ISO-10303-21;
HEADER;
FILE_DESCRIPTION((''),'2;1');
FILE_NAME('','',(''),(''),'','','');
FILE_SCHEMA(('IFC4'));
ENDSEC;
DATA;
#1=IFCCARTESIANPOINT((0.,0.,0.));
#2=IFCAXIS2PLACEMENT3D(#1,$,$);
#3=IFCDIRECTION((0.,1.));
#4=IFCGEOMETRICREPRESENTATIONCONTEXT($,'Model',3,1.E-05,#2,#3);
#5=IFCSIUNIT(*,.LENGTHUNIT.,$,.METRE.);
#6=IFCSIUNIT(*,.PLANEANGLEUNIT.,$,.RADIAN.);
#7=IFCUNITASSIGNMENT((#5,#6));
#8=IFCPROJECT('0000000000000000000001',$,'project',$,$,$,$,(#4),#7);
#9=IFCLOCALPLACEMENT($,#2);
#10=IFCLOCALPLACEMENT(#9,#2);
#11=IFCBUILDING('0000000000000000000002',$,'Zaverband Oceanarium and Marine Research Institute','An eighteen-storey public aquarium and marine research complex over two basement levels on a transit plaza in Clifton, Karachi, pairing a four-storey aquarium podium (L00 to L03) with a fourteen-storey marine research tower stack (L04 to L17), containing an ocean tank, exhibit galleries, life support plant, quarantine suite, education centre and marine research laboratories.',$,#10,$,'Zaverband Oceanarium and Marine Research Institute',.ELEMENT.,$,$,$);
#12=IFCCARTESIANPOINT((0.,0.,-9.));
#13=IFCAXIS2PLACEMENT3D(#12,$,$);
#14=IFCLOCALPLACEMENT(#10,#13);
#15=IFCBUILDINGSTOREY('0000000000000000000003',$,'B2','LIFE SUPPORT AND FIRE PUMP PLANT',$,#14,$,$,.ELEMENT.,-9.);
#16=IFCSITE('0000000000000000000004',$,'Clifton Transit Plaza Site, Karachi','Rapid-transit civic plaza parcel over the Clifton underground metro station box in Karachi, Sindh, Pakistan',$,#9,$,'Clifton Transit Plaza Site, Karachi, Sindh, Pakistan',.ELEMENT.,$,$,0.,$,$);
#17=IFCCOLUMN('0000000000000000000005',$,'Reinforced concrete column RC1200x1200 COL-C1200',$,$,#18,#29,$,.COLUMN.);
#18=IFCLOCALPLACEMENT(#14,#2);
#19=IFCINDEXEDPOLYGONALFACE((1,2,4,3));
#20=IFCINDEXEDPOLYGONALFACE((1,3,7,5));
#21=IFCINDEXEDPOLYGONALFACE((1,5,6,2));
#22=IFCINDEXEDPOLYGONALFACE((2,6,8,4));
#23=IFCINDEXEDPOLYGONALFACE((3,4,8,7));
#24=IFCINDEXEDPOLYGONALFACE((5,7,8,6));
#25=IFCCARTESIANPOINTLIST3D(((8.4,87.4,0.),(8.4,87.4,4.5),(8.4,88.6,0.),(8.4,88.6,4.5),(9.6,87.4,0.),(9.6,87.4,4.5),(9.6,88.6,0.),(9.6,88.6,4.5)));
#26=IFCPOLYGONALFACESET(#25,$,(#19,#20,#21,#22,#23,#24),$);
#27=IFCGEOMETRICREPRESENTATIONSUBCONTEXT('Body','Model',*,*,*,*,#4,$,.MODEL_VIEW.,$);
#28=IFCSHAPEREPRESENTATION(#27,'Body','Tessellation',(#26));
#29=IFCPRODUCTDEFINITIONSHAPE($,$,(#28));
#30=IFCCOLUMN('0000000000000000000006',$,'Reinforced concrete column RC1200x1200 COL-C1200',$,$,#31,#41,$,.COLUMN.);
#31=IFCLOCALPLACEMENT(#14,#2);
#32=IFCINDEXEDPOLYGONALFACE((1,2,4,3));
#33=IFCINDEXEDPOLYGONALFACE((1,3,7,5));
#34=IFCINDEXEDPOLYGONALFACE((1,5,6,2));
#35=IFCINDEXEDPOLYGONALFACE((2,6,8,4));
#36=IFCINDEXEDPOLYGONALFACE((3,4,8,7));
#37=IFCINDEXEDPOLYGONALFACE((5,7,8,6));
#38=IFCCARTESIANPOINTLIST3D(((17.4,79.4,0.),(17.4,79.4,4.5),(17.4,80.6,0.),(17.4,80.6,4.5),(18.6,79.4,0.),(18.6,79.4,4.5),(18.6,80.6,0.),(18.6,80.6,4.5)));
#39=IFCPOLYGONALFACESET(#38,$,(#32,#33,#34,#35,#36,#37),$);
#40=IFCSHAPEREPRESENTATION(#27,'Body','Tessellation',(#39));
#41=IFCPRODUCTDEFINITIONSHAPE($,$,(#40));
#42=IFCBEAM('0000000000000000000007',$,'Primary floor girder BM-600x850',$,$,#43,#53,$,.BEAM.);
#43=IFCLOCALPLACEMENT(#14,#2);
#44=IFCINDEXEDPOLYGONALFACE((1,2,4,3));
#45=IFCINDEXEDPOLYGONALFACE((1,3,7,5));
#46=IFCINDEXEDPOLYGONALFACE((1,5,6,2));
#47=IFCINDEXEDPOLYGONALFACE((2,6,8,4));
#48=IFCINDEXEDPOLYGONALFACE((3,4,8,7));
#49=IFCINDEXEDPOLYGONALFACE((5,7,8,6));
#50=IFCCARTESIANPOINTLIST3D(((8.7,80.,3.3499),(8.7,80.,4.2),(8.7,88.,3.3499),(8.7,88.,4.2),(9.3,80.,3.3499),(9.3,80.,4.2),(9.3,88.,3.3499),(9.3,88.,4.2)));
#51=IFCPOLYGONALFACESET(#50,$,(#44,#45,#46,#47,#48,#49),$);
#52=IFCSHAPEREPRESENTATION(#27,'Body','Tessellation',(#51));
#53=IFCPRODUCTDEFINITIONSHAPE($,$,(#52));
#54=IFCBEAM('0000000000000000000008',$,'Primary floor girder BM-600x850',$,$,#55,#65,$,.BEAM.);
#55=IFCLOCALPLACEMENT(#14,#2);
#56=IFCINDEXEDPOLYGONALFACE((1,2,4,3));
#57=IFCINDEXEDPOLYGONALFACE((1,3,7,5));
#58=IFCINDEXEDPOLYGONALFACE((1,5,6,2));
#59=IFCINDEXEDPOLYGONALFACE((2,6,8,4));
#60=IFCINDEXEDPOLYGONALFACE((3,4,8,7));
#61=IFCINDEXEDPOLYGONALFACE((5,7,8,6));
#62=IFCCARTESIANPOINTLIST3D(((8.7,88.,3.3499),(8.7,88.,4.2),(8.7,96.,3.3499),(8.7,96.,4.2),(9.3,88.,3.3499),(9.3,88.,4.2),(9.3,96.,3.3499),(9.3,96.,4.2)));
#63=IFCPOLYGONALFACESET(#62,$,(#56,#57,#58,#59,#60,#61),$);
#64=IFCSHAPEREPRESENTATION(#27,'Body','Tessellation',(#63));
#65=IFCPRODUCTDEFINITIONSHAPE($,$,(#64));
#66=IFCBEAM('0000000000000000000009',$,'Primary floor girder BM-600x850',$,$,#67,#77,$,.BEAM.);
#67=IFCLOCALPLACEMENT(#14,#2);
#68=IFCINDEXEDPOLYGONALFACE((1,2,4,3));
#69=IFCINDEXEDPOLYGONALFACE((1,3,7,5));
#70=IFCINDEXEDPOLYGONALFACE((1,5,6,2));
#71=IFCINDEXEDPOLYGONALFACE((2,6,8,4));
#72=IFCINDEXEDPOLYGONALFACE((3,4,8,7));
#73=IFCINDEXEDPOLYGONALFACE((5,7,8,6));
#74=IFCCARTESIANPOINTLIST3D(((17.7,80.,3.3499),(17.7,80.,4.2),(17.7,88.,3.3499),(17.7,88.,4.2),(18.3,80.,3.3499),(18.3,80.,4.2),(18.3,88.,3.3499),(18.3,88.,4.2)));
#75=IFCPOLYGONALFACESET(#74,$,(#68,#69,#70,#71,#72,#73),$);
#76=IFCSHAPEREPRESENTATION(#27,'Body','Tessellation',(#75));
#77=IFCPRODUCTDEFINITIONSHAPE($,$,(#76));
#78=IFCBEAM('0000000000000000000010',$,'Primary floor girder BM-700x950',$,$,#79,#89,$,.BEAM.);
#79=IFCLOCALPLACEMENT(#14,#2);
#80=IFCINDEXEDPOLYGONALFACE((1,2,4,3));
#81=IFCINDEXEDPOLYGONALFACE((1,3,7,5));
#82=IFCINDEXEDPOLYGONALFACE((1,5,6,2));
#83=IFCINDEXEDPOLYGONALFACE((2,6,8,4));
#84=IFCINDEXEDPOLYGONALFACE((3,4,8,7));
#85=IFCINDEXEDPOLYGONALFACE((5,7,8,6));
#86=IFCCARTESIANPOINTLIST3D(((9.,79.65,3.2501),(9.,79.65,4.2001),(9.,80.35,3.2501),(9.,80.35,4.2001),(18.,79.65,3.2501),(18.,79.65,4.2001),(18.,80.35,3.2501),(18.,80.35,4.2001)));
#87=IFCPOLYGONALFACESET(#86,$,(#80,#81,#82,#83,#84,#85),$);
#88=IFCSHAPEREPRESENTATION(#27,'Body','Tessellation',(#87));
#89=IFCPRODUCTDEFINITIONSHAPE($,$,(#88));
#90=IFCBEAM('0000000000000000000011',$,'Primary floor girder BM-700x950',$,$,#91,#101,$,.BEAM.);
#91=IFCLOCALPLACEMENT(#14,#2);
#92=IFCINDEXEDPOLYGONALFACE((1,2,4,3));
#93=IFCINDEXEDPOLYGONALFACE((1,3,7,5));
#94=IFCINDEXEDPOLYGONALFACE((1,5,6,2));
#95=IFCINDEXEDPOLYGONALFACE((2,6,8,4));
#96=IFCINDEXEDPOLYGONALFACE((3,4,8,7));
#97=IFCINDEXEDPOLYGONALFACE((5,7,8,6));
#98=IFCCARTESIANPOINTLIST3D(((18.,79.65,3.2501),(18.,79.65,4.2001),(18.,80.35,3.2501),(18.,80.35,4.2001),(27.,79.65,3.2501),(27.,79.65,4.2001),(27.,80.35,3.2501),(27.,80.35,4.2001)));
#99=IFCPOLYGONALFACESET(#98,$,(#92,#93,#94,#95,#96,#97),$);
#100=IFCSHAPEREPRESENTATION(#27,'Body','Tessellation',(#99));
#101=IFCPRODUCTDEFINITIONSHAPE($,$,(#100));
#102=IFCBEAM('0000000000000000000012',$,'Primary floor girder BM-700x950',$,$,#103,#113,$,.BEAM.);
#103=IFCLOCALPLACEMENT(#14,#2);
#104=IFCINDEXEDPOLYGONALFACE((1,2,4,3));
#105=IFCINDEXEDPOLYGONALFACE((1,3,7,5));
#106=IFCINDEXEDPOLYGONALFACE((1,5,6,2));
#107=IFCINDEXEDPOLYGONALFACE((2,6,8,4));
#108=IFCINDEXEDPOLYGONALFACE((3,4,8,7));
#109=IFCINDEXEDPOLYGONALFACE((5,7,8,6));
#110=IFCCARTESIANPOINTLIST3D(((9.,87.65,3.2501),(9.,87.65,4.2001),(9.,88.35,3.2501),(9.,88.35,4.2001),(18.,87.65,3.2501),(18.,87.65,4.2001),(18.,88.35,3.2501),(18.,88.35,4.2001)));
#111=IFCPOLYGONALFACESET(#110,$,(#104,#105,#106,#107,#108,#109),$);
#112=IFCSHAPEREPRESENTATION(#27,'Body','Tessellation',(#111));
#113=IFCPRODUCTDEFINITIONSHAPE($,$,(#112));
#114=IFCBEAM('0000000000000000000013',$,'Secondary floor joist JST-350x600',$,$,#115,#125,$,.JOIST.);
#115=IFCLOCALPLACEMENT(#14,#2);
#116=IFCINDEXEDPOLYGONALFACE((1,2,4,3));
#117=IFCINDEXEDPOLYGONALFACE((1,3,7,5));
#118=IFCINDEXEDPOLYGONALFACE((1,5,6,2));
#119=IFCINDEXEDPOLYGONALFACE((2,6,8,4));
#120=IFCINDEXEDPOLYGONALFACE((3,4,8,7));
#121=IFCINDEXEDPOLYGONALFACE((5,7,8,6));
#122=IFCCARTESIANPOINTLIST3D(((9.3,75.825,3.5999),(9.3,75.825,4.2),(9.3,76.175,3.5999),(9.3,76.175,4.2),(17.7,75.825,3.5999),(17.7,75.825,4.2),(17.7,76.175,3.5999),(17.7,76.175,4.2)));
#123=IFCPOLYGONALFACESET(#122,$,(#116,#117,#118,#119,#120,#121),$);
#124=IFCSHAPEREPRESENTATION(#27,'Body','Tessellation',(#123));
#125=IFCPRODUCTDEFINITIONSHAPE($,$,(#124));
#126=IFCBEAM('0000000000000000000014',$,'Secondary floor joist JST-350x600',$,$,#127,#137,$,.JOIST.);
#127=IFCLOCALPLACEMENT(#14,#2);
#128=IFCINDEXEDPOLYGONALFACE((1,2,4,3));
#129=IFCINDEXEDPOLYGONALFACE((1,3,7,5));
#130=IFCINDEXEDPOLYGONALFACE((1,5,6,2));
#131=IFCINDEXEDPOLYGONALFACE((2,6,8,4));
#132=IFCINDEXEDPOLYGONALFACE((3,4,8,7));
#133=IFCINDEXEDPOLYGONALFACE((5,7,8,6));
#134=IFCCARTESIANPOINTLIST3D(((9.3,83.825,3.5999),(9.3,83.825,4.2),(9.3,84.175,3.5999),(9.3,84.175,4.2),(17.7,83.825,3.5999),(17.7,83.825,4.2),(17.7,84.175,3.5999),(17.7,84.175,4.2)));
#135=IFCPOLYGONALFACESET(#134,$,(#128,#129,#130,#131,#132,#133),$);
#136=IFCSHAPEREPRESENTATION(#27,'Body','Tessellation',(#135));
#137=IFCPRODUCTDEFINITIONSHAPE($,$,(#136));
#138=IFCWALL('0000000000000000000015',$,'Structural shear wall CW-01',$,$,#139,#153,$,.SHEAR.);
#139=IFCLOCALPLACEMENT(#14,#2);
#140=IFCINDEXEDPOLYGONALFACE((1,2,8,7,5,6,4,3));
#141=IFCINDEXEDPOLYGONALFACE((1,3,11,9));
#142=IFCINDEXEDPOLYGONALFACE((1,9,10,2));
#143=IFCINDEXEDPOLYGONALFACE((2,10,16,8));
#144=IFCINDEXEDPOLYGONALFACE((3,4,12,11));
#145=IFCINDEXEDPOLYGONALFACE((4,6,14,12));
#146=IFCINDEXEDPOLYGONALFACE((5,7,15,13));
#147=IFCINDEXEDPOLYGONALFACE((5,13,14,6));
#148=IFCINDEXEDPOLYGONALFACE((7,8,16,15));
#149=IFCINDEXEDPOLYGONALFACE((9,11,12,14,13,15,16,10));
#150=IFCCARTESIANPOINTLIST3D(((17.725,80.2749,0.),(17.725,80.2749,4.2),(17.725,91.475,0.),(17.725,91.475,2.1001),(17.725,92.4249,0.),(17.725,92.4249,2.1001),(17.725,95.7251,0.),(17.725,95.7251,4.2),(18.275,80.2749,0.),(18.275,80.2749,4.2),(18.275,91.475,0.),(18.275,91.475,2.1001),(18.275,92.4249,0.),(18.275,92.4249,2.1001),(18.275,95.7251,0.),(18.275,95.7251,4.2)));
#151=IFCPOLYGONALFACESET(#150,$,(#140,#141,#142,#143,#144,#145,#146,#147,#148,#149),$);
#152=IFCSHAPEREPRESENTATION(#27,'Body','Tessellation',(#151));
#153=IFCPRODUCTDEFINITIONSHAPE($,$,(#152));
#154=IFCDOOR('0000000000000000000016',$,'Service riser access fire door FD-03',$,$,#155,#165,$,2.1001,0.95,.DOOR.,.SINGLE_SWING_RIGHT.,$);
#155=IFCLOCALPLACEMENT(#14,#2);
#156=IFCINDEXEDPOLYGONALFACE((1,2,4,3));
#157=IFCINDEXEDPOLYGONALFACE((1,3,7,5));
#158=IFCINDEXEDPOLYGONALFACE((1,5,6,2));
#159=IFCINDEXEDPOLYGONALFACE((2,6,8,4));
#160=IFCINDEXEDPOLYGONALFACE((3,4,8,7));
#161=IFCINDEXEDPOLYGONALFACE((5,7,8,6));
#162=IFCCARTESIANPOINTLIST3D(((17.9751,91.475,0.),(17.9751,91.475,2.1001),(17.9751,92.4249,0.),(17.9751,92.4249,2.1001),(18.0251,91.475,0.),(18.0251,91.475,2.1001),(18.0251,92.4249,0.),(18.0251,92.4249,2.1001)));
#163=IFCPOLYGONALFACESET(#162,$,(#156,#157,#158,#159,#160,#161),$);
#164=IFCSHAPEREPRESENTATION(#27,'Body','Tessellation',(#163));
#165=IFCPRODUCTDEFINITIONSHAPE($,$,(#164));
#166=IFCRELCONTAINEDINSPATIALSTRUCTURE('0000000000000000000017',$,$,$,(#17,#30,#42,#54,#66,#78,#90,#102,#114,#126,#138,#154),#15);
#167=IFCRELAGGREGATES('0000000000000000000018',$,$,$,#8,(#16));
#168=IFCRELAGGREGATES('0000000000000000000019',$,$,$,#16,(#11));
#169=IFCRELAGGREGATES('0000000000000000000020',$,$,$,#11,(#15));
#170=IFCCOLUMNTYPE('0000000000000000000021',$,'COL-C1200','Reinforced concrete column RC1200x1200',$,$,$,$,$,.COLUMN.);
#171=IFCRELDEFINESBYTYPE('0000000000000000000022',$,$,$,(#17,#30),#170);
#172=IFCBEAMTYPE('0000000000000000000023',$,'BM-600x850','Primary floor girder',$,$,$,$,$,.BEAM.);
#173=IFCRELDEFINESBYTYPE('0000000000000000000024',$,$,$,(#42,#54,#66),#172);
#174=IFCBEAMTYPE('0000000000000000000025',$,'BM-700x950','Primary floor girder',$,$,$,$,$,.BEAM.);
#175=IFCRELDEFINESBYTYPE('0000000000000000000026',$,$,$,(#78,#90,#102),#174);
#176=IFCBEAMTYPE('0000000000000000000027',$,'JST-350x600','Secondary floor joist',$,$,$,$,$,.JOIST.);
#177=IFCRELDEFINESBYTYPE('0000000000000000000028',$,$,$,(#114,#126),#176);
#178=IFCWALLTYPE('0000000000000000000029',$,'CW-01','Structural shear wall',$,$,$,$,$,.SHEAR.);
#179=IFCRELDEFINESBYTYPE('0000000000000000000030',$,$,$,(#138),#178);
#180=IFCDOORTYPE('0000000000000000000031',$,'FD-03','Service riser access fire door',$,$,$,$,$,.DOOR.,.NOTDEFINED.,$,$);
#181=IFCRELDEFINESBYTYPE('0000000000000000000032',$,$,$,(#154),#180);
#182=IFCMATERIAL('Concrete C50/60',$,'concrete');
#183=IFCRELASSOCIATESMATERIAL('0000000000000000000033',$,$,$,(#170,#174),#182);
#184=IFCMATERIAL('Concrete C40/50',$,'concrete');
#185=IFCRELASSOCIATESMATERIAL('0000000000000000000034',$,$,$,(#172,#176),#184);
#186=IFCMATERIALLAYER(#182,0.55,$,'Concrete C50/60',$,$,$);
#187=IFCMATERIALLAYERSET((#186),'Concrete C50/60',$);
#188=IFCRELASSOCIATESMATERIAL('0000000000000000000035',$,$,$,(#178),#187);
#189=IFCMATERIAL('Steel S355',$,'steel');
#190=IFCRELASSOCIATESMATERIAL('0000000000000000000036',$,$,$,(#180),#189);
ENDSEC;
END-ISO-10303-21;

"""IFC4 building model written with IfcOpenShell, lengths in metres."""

from ifc_helpers import new_model, si_unit, direction, frame, frame_2d, origin, origin_2d, place, context, subcontext, project, spatial, rectangle, extrude, material, layer, layer_set, material_profile, profile_set, type_object, element, fill, save


model = new_model("IFC4")

# Units and contexts
model_context = context("Model", 3, precision=1e-05, world=origin(), true_north=direction((0.0, 1.0)))
body_context = subcontext(model_context, "Body", "Model", "MODEL_VIEW")
ifc_project = project(units=[si_unit("LENGTHUNIT", "METRE"), si_unit("PLANEANGLEUNIT", "RADIAN")], contexts=[model_context])

# Site, building, storey
site_placement = place(None, origin())
site = spatial("IfcSite", under=ifc_project, at=site_placement, Name="Clifton Transit Plaza Site, Karachi", Description="Rapid-transit civic plaza parcel over the Clifton underground metro station box in Karachi, Sindh, Pakistan", LongName="Clifton Transit Plaza Site, Karachi, Sindh, Pakistan", CompositionType="ELEMENT", RefElevation=0.0)
building_placement = place(site_placement, origin())
building = spatial("IfcBuilding", under=site, at=building_placement, Name="Zaverband Oceanarium and Marine Research Institute", Description="An eighteen-storey public aquarium and marine research complex over two basement levels on a transit plaza in Clifton, Karachi, pairing a four-storey aquarium podium (L00 to L03) with a fourteen-storey marine research tower stack (L04 to L17), containing an ocean tank, exhibit galleries, life support plant, quarantine suite, education centre and marine research laboratories.", LongName="Zaverband Oceanarium and Marine Research Institute", CompositionType="ELEMENT")
storey_placement = place(building_placement, frame((0.0, 0.0, -9.0)))
storey = spatial("IfcBuildingStorey", under=building, at=storey_placement, Name="B2", Description="LIFE SUPPORT AND FIRE PUMP PLANT", CompositionType="ELEMENT", Elevation=-9.0)

# Shared definitions
ifc_material_1 = material(Name="Concrete C50/60", Category="concrete")

# Columns
ifc_material_profile_1 = material_profile(ifc_material_1, rectangle(XDim=1.2, YDim=1.2, at=origin_2d()), Name="RC1200x1200")
ifc_profile_set_1 = profile_set([ifc_material_profile_1], Name="Concrete C50/60")
column_type = type_object("IfcColumnType", Name="COL-C1200", Description="Reinforced concrete column RC1200x1200", PredefinedType="COLUMN", material=ifc_profile_set_1)
for number, where, z_axis, x_axis, name in (
    (1, (9.0, 88.0, 0.0), (0.0, 0.0, 1.0), (1.0, 0.0, 0.0), "Reinforced concrete column RC1200x1200 COL-C1200"),
    (2, (18.0, 80.0, 0.0), (0.0, 0.0, 1.0), (1.0, 0.0, 0.0), "Reinforced concrete column RC1200x1200 COL-C1200"),
):
    element("IfcColumn", number, at=place(storey_placement, frame(where, z_axis=z_axis, x_axis=x_axis)), inside=storey, type_object=column_type, Name=name, PredefinedType="COLUMN", context=body_context, shape_type="SweptSolid", body=[
        extrude(rectangle(XDim=1.2, YDim=1.2, at=origin_2d()), origin(), (0.0, 0.0, 1.0), 4.5),
    ])

# Beams
ifc_material_2 = material(Name="Concrete C40/50", Category="concrete")
ifc_material_profile_2 = material_profile(ifc_material_2, rectangle(XDim=0.6001, YDim=0.8501, at=origin_2d()), Name="RC600x850")
ifc_profile_set_2 = profile_set([ifc_material_profile_2], Name="Concrete C40/50")
beam_type_1 = type_object("IfcBeamType", Name="BM-600x850", Description="Primary floor girder", PredefinedType="BEAM", material=ifc_profile_set_2)
for number, where, z_axis, x_axis, name in (
    (3, (9.0, 80.0, 3.7749), (0.0, 1.0, 0.0), (-1.0, 0.0, 0.0), "Primary floor girder BM-600x850"),
    (4, (9.0, 88.0, 3.7749), (0.0, 1.0, 0.0), (-1.0, 0.0, 0.0), "Primary floor girder BM-600x850"),
    (5, (18.0, 80.0, 3.7749), (0.0, 1.0, 0.0), (-1.0, 0.0, 0.0), "Primary floor girder BM-600x850"),
):
    element("IfcBeam", number, at=place(storey_placement, frame(where, z_axis=z_axis, x_axis=x_axis)), inside=storey, type_object=beam_type_1, Name=name, PredefinedType="BEAM", context=body_context, shape_type="SweptSolid", body=[
        extrude(rectangle(XDim=0.6001, YDim=0.8501, at=origin_2d()), origin(), (0.0, 0.0, 1.0), 8.0),
    ])
ifc_material_profile_3 = material_profile(ifc_material_1, rectangle(XDim=0.7, YDim=0.95, at=origin_2d()), Name="RC700x950")
ifc_profile_set_3 = profile_set([ifc_material_profile_3], Name="Concrete C50/60")
beam_type_2 = type_object("IfcBeamType", Name="BM-700x950", Description="Primary floor girder", PredefinedType="BEAM", material=ifc_profile_set_3)
for number, where, z_axis, x_axis, name in (
    (6, (9.0, 80.0, 3.7251), (1.0, 0.0, 0.0), (0.0, 1.0, 0.0), "Primary floor girder BM-700x950"),
    (7, (18.0, 80.0, 3.7251), (1.0, 0.0, 0.0), (0.0, 1.0, 0.0), "Primary floor girder BM-700x950"),
    (8, (9.0, 88.0, 3.7251), (1.0, 0.0, 0.0), (0.0, 1.0, 0.0), "Primary floor girder BM-700x950"),
):
    element("IfcBeam", number, at=place(storey_placement, frame(where, z_axis=z_axis, x_axis=x_axis)), inside=storey, type_object=beam_type_2, Name=name, PredefinedType="BEAM", context=body_context, shape_type="SweptSolid", body=[
        extrude(rectangle(XDim=0.7, YDim=0.95, at=origin_2d()), origin(), (0.0, 0.0, 1.0), 9.0),
    ])
ifc_material_profile_4 = material_profile(ifc_material_2, rectangle(XDim=0.3501, YDim=0.6001, at=origin_2d()), Name="RC350x600")
ifc_profile_set_4 = profile_set([ifc_material_profile_4], Name="Concrete C40/50")
beam_type_3 = type_object("IfcBeamType", Name="JST-350x600", Description="Secondary floor joist", PredefinedType="JOIST", material=ifc_profile_set_4)
for number, where, z_axis, x_axis, name in (
    (9, (9.3, 76.0, 3.8999), (1.0, 0.0, 0.0), (0.0, 1.0, 0.0), "Secondary floor joist JST-350x600"),
    (10, (9.3, 84.0, 3.8999), (1.0, 0.0, 0.0), (0.0, 1.0, 0.0), "Secondary floor joist JST-350x600"),
):
    element("IfcBeam", number, at=place(storey_placement, frame(where, z_axis=z_axis, x_axis=x_axis)), inside=storey, type_object=beam_type_3, Name=name, PredefinedType="JOIST", context=body_context, shape_type="SweptSolid", body=[
        extrude(rectangle(XDim=0.3501, YDim=0.6001, at=origin_2d()), origin(), (0.0, 0.0, 1.0), 8.3999),
    ])

# Wall, opening, door
ifc_layer_1 = layer(ifc_material_1, 0.55, Name="Concrete C50/60")
ifc_layer_set_1 = layer_set([ifc_layer_1], Name="Concrete C50/60")
wall_type = type_object("IfcWallType", Name="CW-01", Description="Structural shear wall", PredefinedType="SHEAR", material=ifc_layer_set_1)
wall_placement = place(storey_placement, frame((18.0, 80.2749, 0.0), z_axis=(0.0, 0.0, 1.0), x_axis=(0.0, 1.0, 0.0)))
wall = element("IfcWall", 11, at=wall_placement, inside=storey, type_object=wall_type, Name="Structural shear wall CW-01", PredefinedType="SHEAR", context=body_context, shape_type="SweptSolid", body=[
    extrude(rectangle(XDim=15.4502, YDim=0.55, at=frame_2d((7.7251, 0.0))), origin(), (0.0, 0.0, 1.0), 4.2),
])
opening_placement = place(wall_placement, frame((11.2, 0.0, 0.0)))
opening = element("IfcOpeningElement", 12, at=opening_placement, cuts=wall, PredefinedType="OPENING", context=body_context, shape_type="SweptSolid", body=[
    extrude(rectangle(XDim=0.95, YDim=2.1001, at=frame_2d((0.4751, 1.05))), frame((0.0, 0.2871, 0.0), z_axis=(0.0, -1.0, 0.0), x_axis=(1.0, 0.0, 0.0)), (0.0, 0.0, 1.0), 0.574),
])
ifc_material_3 = material(Name="Steel S355", Category="steel")
door_type = type_object("IfcDoorType", Name="FD-03", Description="Service riser access fire door", OperationType="NOTDEFINED", PredefinedType="DOOR", material=ifc_material_3)
door_placement = place(opening_placement, origin())
door = element("IfcDoor", 13, at=door_placement, inside=storey, type_object=door_type, Name="Service riser access fire door FD-03", OperationType="SINGLE_SWING_RIGHT", OverallHeight=2.1001, OverallWidth=0.95, PredefinedType="DOOR", context=body_context, shape_type="SweptSolid", body=[
    extrude(rectangle(XDim=0.95, YDim=2.1001, at=frame_2d((0.4751, 1.05))), frame((0.0, 0.0249, 0.0), z_axis=(0.0, -1.0, 0.0), x_axis=(1.0, 0.0, 0.0)), (0.0, 0.0, 1.0), 0.05),
])
fill(opening, door)

save(model, "model.ifc")
